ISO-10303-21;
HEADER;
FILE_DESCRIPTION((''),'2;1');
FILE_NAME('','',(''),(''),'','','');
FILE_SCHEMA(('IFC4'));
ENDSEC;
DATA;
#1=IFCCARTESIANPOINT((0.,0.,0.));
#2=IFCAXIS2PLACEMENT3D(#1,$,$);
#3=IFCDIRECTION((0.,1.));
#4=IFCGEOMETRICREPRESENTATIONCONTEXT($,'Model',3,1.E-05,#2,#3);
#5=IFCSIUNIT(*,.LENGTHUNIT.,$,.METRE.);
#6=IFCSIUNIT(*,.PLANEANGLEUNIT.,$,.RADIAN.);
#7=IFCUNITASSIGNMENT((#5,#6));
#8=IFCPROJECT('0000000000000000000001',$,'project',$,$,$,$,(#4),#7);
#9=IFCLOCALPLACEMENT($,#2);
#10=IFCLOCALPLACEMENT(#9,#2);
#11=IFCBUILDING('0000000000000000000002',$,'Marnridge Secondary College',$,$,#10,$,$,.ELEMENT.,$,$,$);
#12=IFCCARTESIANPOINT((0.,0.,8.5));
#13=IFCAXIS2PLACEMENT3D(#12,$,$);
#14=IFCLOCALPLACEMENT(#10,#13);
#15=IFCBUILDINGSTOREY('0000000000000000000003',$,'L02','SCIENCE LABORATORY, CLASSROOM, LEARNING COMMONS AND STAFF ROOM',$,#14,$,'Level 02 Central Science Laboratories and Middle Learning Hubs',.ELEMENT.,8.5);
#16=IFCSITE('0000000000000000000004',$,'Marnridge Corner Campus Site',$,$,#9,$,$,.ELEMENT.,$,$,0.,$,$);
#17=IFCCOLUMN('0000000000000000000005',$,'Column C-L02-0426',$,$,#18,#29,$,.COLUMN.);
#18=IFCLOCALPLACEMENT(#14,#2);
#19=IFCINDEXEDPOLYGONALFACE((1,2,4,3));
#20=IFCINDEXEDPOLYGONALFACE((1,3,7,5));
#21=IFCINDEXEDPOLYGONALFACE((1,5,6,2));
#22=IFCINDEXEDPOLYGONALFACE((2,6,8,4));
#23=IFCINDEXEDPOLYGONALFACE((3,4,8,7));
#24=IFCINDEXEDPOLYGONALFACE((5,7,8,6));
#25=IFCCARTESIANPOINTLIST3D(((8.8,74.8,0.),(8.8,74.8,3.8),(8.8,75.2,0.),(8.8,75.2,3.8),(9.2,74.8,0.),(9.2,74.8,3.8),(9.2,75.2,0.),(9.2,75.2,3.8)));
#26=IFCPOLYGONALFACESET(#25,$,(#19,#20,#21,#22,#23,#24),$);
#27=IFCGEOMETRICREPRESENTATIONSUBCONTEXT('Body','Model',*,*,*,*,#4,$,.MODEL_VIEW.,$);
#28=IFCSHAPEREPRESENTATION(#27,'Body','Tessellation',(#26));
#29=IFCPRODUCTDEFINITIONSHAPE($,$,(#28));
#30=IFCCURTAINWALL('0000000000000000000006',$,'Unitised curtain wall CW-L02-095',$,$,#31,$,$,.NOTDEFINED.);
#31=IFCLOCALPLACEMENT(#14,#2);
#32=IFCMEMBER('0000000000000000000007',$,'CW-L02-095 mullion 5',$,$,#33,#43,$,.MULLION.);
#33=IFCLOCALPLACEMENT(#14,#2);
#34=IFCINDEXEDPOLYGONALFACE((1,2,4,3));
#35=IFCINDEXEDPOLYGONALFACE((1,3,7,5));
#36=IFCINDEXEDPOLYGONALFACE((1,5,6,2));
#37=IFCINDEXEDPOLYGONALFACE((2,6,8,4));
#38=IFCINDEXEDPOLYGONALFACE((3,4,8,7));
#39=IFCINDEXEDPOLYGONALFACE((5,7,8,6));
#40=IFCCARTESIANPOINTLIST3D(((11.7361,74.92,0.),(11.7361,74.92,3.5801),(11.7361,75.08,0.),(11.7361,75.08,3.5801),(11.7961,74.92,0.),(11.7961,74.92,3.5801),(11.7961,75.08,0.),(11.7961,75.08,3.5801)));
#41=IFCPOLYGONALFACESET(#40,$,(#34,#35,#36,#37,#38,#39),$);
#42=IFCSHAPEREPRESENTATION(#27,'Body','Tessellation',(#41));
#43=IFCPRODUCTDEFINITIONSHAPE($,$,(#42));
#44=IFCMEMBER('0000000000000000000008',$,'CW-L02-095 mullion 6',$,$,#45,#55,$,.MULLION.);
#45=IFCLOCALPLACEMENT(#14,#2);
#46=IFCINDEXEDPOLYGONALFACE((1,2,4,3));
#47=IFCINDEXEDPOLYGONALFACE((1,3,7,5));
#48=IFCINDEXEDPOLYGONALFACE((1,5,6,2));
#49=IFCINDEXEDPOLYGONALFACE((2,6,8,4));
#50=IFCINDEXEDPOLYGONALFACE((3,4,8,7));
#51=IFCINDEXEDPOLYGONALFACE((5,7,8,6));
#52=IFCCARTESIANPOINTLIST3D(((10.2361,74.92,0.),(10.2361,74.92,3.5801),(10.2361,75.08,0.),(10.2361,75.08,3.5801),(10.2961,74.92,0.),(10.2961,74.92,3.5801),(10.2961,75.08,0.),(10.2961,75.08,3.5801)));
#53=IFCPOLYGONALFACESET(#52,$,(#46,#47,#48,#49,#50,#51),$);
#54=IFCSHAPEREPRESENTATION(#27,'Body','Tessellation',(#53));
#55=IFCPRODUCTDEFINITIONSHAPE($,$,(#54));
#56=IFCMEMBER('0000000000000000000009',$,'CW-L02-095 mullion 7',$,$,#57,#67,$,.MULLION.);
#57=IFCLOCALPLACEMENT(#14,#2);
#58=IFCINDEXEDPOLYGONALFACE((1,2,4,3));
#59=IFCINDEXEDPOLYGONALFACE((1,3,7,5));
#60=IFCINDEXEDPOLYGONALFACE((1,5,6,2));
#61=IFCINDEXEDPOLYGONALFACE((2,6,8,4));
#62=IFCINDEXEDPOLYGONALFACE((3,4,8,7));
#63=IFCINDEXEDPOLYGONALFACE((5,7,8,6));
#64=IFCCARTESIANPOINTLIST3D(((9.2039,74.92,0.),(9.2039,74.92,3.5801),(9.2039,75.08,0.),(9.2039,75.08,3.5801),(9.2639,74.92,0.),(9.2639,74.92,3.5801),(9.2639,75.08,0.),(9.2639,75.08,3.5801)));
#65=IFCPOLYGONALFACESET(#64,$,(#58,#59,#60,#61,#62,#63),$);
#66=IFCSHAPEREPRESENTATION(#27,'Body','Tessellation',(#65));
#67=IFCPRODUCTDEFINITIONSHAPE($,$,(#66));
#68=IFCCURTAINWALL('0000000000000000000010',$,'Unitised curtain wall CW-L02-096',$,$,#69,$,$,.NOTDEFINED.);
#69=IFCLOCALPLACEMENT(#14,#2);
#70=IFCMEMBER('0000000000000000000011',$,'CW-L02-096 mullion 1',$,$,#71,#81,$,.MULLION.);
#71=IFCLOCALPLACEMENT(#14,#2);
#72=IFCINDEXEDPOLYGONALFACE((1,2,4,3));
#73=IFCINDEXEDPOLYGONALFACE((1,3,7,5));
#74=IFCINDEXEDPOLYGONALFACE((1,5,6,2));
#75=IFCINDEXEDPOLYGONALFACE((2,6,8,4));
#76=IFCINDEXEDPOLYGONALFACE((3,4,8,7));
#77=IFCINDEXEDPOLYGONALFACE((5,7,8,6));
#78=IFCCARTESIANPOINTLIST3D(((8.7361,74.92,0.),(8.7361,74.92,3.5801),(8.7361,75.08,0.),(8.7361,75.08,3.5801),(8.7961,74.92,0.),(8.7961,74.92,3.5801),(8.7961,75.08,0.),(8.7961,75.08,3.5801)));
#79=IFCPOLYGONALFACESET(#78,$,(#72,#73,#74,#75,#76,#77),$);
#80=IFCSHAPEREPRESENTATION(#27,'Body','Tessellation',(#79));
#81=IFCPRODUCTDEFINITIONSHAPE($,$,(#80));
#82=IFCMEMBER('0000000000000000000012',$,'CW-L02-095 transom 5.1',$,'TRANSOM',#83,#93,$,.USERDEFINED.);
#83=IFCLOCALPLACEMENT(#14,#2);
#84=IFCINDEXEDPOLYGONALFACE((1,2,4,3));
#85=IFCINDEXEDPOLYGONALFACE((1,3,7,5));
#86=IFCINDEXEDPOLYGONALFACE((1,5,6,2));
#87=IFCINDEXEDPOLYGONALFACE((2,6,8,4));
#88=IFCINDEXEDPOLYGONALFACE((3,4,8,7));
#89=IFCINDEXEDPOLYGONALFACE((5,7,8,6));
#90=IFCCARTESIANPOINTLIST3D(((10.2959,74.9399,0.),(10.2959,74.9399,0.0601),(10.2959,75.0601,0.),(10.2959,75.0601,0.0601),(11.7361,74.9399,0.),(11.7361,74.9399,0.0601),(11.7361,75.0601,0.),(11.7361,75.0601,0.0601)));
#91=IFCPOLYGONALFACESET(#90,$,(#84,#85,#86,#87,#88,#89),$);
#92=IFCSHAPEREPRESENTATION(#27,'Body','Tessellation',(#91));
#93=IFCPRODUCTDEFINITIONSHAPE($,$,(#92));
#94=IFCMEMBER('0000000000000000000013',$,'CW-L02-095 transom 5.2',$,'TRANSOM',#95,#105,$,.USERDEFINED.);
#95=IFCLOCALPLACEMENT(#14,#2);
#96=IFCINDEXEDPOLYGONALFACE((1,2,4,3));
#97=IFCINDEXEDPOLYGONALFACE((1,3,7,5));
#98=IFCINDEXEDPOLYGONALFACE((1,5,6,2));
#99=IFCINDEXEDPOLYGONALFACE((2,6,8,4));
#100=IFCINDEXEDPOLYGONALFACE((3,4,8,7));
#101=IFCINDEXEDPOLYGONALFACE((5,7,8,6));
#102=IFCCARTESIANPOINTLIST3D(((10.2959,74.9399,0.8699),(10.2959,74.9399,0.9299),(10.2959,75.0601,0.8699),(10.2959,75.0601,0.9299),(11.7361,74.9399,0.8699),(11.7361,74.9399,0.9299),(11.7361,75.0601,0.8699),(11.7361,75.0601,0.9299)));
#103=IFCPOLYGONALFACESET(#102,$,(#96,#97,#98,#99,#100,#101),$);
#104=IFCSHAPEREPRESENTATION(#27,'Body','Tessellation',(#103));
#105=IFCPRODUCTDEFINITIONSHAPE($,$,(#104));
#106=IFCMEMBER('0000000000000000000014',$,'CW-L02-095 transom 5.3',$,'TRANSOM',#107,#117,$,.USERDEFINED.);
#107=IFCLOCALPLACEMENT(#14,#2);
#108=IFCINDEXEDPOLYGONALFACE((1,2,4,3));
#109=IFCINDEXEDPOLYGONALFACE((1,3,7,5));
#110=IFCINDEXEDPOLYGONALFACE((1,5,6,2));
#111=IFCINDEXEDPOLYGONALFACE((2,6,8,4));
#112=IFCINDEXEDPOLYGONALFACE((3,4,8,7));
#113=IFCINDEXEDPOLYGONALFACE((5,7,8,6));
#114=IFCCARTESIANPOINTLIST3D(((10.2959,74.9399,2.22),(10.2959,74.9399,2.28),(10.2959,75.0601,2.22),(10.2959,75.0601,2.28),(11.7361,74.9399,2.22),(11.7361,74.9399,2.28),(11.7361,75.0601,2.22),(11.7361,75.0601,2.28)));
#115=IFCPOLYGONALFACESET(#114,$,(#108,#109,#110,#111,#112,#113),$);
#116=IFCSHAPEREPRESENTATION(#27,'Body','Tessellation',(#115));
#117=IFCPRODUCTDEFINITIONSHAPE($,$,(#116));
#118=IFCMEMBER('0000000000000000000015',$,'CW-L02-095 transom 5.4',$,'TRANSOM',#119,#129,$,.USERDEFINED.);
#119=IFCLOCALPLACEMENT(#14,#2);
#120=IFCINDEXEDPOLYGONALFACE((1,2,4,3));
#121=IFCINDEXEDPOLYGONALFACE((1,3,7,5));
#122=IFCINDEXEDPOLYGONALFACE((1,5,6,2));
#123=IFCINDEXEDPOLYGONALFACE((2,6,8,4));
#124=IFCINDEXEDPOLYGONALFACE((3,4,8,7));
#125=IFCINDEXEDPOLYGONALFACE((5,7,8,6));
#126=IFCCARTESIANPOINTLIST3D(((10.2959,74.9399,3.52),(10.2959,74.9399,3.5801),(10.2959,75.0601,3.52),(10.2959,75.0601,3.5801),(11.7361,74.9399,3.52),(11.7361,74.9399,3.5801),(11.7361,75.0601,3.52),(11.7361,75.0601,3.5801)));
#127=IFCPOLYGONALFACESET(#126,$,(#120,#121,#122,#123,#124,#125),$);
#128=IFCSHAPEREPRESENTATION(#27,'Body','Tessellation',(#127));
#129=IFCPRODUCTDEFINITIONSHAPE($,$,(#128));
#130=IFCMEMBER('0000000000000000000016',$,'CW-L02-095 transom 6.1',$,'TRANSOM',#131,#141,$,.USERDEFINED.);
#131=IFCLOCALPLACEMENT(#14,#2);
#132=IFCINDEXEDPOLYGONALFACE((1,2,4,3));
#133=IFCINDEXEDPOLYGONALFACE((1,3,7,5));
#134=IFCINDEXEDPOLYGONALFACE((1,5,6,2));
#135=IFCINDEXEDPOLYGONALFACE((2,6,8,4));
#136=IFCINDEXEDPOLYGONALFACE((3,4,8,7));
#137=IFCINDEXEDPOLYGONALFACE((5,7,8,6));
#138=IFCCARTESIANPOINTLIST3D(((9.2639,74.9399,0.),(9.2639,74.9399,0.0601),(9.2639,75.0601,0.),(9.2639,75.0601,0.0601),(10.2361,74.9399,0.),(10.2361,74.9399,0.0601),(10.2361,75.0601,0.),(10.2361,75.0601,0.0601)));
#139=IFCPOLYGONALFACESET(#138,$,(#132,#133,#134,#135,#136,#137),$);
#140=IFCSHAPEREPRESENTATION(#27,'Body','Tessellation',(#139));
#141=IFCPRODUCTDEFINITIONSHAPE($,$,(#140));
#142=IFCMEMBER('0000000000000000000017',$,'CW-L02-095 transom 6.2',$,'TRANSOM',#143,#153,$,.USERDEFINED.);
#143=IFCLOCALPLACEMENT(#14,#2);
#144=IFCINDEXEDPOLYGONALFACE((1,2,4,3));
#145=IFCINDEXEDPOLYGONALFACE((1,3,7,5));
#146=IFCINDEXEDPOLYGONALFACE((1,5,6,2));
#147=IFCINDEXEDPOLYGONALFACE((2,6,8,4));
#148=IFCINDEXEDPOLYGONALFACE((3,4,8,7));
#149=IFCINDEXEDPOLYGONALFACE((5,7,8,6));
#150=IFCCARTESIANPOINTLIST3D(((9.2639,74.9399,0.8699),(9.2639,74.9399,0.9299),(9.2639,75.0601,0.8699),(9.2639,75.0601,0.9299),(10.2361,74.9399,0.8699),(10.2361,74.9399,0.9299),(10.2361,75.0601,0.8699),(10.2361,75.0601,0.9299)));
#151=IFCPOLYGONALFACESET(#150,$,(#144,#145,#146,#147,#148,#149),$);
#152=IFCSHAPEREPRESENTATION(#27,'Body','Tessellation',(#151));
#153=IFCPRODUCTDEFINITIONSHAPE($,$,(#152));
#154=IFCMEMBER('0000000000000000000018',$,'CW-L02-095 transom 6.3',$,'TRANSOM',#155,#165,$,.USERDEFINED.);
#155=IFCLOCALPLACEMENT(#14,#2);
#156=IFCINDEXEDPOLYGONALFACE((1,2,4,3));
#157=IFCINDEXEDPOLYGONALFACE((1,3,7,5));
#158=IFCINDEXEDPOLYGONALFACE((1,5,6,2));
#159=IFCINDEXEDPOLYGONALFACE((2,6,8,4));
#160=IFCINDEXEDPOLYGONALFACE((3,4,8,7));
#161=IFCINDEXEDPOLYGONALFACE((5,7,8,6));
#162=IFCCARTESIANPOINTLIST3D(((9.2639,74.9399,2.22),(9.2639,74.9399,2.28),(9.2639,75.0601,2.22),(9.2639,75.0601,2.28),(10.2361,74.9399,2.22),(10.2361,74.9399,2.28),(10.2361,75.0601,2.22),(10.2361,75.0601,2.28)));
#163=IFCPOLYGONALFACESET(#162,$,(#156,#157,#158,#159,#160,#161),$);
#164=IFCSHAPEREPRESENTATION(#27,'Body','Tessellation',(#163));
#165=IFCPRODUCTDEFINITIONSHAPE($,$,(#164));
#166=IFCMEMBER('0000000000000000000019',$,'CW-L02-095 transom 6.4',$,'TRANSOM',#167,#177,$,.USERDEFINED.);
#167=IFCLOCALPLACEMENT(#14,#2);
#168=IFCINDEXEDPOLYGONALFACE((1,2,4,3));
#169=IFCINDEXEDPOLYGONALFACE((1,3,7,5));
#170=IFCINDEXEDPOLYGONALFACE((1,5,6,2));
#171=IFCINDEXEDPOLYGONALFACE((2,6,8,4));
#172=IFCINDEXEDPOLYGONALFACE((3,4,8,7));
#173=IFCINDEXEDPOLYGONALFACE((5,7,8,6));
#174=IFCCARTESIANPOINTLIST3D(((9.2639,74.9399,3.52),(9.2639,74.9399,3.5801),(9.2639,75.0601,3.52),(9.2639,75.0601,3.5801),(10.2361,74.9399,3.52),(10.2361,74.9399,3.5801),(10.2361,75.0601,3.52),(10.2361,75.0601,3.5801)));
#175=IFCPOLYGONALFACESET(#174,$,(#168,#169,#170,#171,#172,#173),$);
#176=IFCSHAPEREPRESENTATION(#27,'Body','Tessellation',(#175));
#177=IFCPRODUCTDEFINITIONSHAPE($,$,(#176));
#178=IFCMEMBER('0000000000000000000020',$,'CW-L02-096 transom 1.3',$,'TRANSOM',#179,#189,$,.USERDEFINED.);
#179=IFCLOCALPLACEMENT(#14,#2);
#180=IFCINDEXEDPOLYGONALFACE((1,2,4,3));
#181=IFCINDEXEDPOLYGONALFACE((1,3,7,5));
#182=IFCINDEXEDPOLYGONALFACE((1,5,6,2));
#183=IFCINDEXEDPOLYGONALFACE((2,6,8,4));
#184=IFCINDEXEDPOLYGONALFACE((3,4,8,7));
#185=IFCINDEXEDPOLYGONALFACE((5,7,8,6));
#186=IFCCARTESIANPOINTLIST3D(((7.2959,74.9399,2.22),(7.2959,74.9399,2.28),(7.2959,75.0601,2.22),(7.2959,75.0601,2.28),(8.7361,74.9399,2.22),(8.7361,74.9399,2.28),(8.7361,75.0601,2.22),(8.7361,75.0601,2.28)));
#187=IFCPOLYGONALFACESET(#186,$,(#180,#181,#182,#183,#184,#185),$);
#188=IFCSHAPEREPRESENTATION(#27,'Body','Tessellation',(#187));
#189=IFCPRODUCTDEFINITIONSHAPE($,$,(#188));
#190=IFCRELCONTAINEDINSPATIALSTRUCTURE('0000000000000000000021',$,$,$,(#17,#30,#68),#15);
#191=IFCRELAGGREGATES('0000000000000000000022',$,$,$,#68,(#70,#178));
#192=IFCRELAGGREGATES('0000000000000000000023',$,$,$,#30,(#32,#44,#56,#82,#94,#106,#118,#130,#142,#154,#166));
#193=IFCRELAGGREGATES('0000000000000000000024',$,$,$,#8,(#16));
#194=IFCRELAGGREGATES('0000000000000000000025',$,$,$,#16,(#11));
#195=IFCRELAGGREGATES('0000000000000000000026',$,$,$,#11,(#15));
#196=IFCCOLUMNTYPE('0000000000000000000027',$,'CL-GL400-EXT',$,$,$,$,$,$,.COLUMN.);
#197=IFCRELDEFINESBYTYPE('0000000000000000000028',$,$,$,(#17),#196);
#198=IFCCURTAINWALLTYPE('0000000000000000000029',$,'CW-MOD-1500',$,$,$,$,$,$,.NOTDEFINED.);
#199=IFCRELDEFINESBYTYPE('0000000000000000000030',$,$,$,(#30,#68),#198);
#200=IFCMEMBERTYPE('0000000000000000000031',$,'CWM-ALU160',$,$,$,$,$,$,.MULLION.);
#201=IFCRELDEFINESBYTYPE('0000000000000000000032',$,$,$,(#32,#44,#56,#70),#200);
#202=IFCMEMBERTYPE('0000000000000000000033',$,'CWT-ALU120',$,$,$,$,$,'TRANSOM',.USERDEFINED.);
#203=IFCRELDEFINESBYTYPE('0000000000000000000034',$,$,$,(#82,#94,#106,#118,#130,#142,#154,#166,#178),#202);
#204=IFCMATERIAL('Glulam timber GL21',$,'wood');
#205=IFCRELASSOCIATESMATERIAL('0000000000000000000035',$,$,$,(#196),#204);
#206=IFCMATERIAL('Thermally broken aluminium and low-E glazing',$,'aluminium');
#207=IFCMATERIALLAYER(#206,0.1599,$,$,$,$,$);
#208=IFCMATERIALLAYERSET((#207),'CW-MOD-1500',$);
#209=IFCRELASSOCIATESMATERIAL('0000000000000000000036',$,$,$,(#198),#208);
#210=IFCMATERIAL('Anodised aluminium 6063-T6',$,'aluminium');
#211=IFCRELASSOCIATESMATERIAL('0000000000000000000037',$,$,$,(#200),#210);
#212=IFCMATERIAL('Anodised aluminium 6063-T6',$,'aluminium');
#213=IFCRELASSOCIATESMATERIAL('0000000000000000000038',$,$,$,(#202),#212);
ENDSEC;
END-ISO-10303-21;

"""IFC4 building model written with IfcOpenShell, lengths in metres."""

from ifc_helpers import new_model, si_unit, direction, frame, origin, origin_2d, place, context, subcontext, project, spatial, rectangle, extrude, material, layer, layer_set, material_profile, profile_set, type_object, element, aggregate, save


model = new_model("IFC4")

# Units and contexts
model_context = context("Model", 3, precision=1e-05, world=origin(), true_north=direction((0.0, 1.0)))
body_context = subcontext(model_context, "Body", "Model", "MODEL_VIEW")
ifc_project = project(units=[si_unit("LENGTHUNIT", "METRE"), si_unit("PLANEANGLEUNIT", "RADIAN")], contexts=[model_context])

# Site, building, storey
site_placement = place(None, origin())
site = spatial("IfcSite", under=ifc_project, at=site_placement, Name="Marnridge Corner Campus Site", CompositionType="ELEMENT", RefElevation=0.0)
building_placement = place(site_placement, origin())
building = spatial("IfcBuilding", under=site, at=building_placement, Name="Marnridge Secondary College", CompositionType="ELEMENT")
storey_placement = place(building_placement, frame((0.0, 0.0, 8.5)))
storey = spatial("IfcBuildingStorey", under=building, at=storey_placement, Name="L02", Description="SCIENCE LABORATORY, CLASSROOM, LEARNING COMMONS AND STAFF ROOM", LongName="Level 02 Central Science Laboratories and Middle Learning Hubs", CompositionType="ELEMENT", Elevation=8.5)

# Column
ifc_material_1 = material(Name="Glulam timber GL21", Category="wood")
ifc_material_profile_1 = material_profile(ifc_material_1, rectangle(XDim=0.3999, YDim=0.3999, at=origin_2d()), Name="GL21 400x400")
ifc_profile_set_1 = profile_set([ifc_material_profile_1], Name="Glulam timber GL21")
column_type = type_object("IfcColumnType", Name="CL-GL400-EXT", PredefinedType="COLUMN", material=ifc_profile_set_1)
column_placement = place(storey_placement, frame((9.0, 75.0, 0.0), z_axis=(0.0, 0.0, 1.0), x_axis=(1.0, 0.0, 0.0)))
element("IfcColumn", 1, at=column_placement, inside=storey, type_object=column_type, Name="Column C-L02-0426", PredefinedType="COLUMN", context=body_context, shape_type="SweptSolid", body=[
    extrude(rectangle(XDim=0.3999, YDim=0.3999, at=origin_2d()), origin(), (0.0, 0.0, 1.0), 3.8),
])

# Curtain wall, members
ifc_material_2 = material(Name="Thermally broken aluminium and low-E glazing", Category="aluminium")
ifc_layer_1 = layer(ifc_material_2, 0.1599)
ifc_layer_set_1 = layer_set([ifc_layer_1], Name="CW-MOD-1500")
curtain_wall_type = type_object("IfcCurtainWallType", Name="CW-MOD-1500", PredefinedType="NOTDEFINED", material=ifc_layer_set_1)
curtain_wall_1_placement = place(storey_placement, origin())
curtain_wall_1 = element("IfcCurtainWall", 2, at=curtain_wall_1_placement, inside=storey, type_object=curtain_wall_type, Name="Unitised curtain wall CW-L02-095", PredefinedType="NOTDEFINED")
ifc_material_3 = material(Name="Anodised aluminium 6063-T6", Category="aluminium")
ifc_material_profile_2 = material_profile(ifc_material_3, rectangle(XDim=0.0601, YDim=0.1599, at=origin_2d()), Name="ALU 60x160")
ifc_profile_set_2 = profile_set([ifc_material_profile_2], Name="Anodised aluminium 6063-T6")
member_type_1 = type_object("IfcMemberType", Name="CWM-ALU160", PredefinedType="MULLION", material=ifc_profile_set_2)
member_1_placement = place(storey_placement, frame((11.7661, 75.0, 0.0), z_axis=(0.0, 0.0, 1.0), x_axis=(-1.0, 0.0, 0.0)))
member_1 = element("IfcMember", 3, at=member_1_placement, type_object=member_type_1, Name="CW-L02-095 mullion 5", PredefinedType="MULLION", context=body_context, shape_type="SweptSolid", body=[
    extrude(rectangle(XDim=0.0601, YDim=0.1599, at=origin_2d()), origin(), (0.0, 0.0, 1.0), 3.5801),
])
member_2_placement = place(storey_placement, frame((10.2661, 75.0, 0.0), z_axis=(0.0, 0.0, 1.0), x_axis=(-1.0, 0.0, 0.0)))
member_2 = element("IfcMember", 4, at=member_2_placement, type_object=member_type_1, Name="CW-L02-095 mullion 6", PredefinedType="MULLION", context=body_context, shape_type="SweptSolid", body=[
    extrude(rectangle(XDim=0.0601, YDim=0.1599, at=origin_2d()), origin(), (0.0, 0.0, 1.0), 3.5801),
])
member_3_placement = place(storey_placement, frame((9.2339, 75.0, 0.0), z_axis=(0.0, 0.0, 1.0), x_axis=(-1.0, 0.0, 0.0)))
member_3 = element("IfcMember", 5, at=member_3_placement, type_object=member_type_1, Name="CW-L02-095 mullion 7", PredefinedType="MULLION", context=body_context, shape_type="SweptSolid", body=[
    extrude(rectangle(XDim=0.0601, YDim=0.1599, at=origin_2d()), origin(), (0.0, 0.0, 1.0), 3.5801),
])

# Curtain wall, member
curtain_wall_2_placement = place(storey_placement, origin())
curtain_wall_2 = element("IfcCurtainWall", 6, at=curtain_wall_2_placement, inside=storey, type_object=curtain_wall_type, Name="Unitised curtain wall CW-L02-096", PredefinedType="NOTDEFINED")
member_4_placement = place(storey_placement, frame((8.7661, 75.0, 0.0), z_axis=(0.0, 0.0, 1.0), x_axis=(-1.0, 0.0, 0.0)))
member_4 = element("IfcMember", 7, at=member_4_placement, type_object=member_type_1, Name="CW-L02-096 mullion 1", PredefinedType="MULLION", context=body_context, shape_type="SweptSolid", body=[
    extrude(rectangle(XDim=0.0601, YDim=0.1599, at=origin_2d()), origin(), (0.0, 0.0, 1.0), 3.5801),
])

# Members
ifc_material_4 = material(Name="Anodised aluminium 6063-T6", Category="aluminium")
ifc_material_profile_3 = material_profile(ifc_material_4, rectangle(XDim=0.0601, YDim=0.1201, at=origin_2d()), Name="ALU 60x120")
ifc_profile_set_3 = profile_set([ifc_material_profile_3], Name="Anodised aluminium 6063-T6")
member_type_2 = type_object("IfcMemberType", Name="CWT-ALU120", ElementType="TRANSOM", PredefinedType="USERDEFINED", material=ifc_profile_set_3)
member_5_placement = place(storey_placement, frame((11.7361, 75.0, 0.03), z_axis=(-1.0, 0.0, 0.0), x_axis=(0.0, 0.0, 1.0)))
member_5 = element("IfcMember", 8, at=member_5_placement, type_object=member_type_2, Name="CW-L02-095 transom 5.1", ObjectType="TRANSOM", PredefinedType="USERDEFINED", context=body_context, shape_type="SweptSolid", body=[
    extrude(rectangle(XDim=0.0601, YDim=0.1201, at=origin_2d()), origin(), (0.0, 0.0, 1.0), 1.4402),
])
member_6_placement = place(storey_placement, frame((11.7361, 75.0, 0.8999), z_axis=(-1.0, 0.0, 0.0), x_axis=(0.0, 0.0, 1.0)))
member_6 = element("IfcMember", 9, at=member_6_placement, type_object=member_type_2, Name="CW-L02-095 transom 5.2", ObjectType="TRANSOM", PredefinedType="USERDEFINED", context=body_context, shape_type="SweptSolid", body=[
    extrude(rectangle(XDim=0.0601, YDim=0.1201, at=origin_2d()), origin(), (0.0, 0.0, 1.0), 1.4402),
])
member_7_placement = place(storey_placement, frame((11.7361, 75.0, 2.25), z_axis=(-1.0, 0.0, 0.0), x_axis=(0.0, 0.0, 1.0)))
member_7 = element("IfcMember", 10, at=member_7_placement, type_object=member_type_2, Name="CW-L02-095 transom 5.3", ObjectType="TRANSOM", PredefinedType="USERDEFINED", context=body_context, shape_type="SweptSolid", body=[
    extrude(rectangle(XDim=0.0601, YDim=0.1201, at=origin_2d()), origin(), (0.0, 0.0, 1.0), 1.4402),
])
member_8_placement = place(storey_placement, frame((11.7361, 75.0, 3.55), z_axis=(-1.0, 0.0, 0.0), x_axis=(0.0, 0.0, 1.0)))
member_8 = element("IfcMember", 11, at=member_8_placement, type_object=member_type_2, Name="CW-L02-095 transom 5.4", ObjectType="TRANSOM", PredefinedType="USERDEFINED", context=body_context, shape_type="SweptSolid", body=[
    extrude(rectangle(XDim=0.0601, YDim=0.1201, at=origin_2d()), origin(), (0.0, 0.0, 1.0), 1.4402),
])
member_9_placement = place(storey_placement, frame((10.2361, 75.0, 0.03), z_axis=(-1.0, 0.0, 0.0), x_axis=(0.0, 0.0, 1.0)))
member_9 = element("IfcMember", 12, at=member_9_placement, type_object=member_type_2, Name="CW-L02-095 transom 6.1", ObjectType="TRANSOM", PredefinedType="USERDEFINED", context=body_context, shape_type="SweptSolid", body=[
    extrude(rectangle(XDim=0.0601, YDim=0.1201, at=origin_2d()), origin(), (0.0, 0.0, 1.0), 0.9722),
])
member_10_placement = place(storey_placement, frame((10.2361, 75.0, 0.8999), z_axis=(-1.0, 0.0, 0.0), x_axis=(0.0, 0.0, 1.0)))
member_10 = element("IfcMember", 13, at=member_10_placement, type_object=member_type_2, Name="CW-L02-095 transom 6.2", ObjectType="TRANSOM", PredefinedType="USERDEFINED", context=body_context, shape_type="SweptSolid", body=[
    extrude(rectangle(XDim=0.0601, YDim=0.1201, at=origin_2d()), origin(), (0.0, 0.0, 1.0), 0.9722),
])
member_11_placement = place(storey_placement, frame((10.2361, 75.0, 2.25), z_axis=(-1.0, 0.0, 0.0), x_axis=(0.0, 0.0, 1.0)))
member_11 = element("IfcMember", 14, at=member_11_placement, type_object=member_type_2, Name="CW-L02-095 transom 6.3", ObjectType="TRANSOM", PredefinedType="USERDEFINED", context=body_context, shape_type="SweptSolid", body=[
    extrude(rectangle(XDim=0.0601, YDim=0.1201, at=origin_2d()), origin(), (0.0, 0.0, 1.0), 0.9722),
])
member_12_placement = place(storey_placement, frame((10.2361, 75.0, 3.55), z_axis=(-1.0, 0.0, 0.0), x_axis=(0.0, 0.0, 1.0)))
member_12 = element("IfcMember", 15, at=member_12_placement, type_object=member_type_2, Name="CW-L02-095 transom 6.4", ObjectType="TRANSOM", PredefinedType="USERDEFINED", context=body_context, shape_type="SweptSolid", body=[
    extrude(rectangle(XDim=0.0601, YDim=0.1201, at=origin_2d()), origin(), (0.0, 0.0, 1.0), 0.9722),
])
member_13_placement = place(storey_placement, frame((8.7361, 75.0, 2.25), z_axis=(-1.0, 0.0, 0.0), x_axis=(0.0, 0.0, 1.0)))
member_13 = element("IfcMember", 16, at=member_13_placement, type_object=member_type_2, Name="CW-L02-096 transom 1.3", ObjectType="TRANSOM", PredefinedType="USERDEFINED", context=body_context, shape_type="SweptSolid", body=[
    extrude(rectangle(XDim=0.0601, YDim=0.1201, at=origin_2d()), origin(), (0.0, 0.0, 1.0), 1.4402),
])
aggregate(curtain_wall_2, [member_4, member_13])

aggregate(curtain_wall_1, [member_1, member_2, member_3, member_5, member_6, member_7, member_8, member_9, member_10, member_11, member_12])

save(model, "model.ifc")
